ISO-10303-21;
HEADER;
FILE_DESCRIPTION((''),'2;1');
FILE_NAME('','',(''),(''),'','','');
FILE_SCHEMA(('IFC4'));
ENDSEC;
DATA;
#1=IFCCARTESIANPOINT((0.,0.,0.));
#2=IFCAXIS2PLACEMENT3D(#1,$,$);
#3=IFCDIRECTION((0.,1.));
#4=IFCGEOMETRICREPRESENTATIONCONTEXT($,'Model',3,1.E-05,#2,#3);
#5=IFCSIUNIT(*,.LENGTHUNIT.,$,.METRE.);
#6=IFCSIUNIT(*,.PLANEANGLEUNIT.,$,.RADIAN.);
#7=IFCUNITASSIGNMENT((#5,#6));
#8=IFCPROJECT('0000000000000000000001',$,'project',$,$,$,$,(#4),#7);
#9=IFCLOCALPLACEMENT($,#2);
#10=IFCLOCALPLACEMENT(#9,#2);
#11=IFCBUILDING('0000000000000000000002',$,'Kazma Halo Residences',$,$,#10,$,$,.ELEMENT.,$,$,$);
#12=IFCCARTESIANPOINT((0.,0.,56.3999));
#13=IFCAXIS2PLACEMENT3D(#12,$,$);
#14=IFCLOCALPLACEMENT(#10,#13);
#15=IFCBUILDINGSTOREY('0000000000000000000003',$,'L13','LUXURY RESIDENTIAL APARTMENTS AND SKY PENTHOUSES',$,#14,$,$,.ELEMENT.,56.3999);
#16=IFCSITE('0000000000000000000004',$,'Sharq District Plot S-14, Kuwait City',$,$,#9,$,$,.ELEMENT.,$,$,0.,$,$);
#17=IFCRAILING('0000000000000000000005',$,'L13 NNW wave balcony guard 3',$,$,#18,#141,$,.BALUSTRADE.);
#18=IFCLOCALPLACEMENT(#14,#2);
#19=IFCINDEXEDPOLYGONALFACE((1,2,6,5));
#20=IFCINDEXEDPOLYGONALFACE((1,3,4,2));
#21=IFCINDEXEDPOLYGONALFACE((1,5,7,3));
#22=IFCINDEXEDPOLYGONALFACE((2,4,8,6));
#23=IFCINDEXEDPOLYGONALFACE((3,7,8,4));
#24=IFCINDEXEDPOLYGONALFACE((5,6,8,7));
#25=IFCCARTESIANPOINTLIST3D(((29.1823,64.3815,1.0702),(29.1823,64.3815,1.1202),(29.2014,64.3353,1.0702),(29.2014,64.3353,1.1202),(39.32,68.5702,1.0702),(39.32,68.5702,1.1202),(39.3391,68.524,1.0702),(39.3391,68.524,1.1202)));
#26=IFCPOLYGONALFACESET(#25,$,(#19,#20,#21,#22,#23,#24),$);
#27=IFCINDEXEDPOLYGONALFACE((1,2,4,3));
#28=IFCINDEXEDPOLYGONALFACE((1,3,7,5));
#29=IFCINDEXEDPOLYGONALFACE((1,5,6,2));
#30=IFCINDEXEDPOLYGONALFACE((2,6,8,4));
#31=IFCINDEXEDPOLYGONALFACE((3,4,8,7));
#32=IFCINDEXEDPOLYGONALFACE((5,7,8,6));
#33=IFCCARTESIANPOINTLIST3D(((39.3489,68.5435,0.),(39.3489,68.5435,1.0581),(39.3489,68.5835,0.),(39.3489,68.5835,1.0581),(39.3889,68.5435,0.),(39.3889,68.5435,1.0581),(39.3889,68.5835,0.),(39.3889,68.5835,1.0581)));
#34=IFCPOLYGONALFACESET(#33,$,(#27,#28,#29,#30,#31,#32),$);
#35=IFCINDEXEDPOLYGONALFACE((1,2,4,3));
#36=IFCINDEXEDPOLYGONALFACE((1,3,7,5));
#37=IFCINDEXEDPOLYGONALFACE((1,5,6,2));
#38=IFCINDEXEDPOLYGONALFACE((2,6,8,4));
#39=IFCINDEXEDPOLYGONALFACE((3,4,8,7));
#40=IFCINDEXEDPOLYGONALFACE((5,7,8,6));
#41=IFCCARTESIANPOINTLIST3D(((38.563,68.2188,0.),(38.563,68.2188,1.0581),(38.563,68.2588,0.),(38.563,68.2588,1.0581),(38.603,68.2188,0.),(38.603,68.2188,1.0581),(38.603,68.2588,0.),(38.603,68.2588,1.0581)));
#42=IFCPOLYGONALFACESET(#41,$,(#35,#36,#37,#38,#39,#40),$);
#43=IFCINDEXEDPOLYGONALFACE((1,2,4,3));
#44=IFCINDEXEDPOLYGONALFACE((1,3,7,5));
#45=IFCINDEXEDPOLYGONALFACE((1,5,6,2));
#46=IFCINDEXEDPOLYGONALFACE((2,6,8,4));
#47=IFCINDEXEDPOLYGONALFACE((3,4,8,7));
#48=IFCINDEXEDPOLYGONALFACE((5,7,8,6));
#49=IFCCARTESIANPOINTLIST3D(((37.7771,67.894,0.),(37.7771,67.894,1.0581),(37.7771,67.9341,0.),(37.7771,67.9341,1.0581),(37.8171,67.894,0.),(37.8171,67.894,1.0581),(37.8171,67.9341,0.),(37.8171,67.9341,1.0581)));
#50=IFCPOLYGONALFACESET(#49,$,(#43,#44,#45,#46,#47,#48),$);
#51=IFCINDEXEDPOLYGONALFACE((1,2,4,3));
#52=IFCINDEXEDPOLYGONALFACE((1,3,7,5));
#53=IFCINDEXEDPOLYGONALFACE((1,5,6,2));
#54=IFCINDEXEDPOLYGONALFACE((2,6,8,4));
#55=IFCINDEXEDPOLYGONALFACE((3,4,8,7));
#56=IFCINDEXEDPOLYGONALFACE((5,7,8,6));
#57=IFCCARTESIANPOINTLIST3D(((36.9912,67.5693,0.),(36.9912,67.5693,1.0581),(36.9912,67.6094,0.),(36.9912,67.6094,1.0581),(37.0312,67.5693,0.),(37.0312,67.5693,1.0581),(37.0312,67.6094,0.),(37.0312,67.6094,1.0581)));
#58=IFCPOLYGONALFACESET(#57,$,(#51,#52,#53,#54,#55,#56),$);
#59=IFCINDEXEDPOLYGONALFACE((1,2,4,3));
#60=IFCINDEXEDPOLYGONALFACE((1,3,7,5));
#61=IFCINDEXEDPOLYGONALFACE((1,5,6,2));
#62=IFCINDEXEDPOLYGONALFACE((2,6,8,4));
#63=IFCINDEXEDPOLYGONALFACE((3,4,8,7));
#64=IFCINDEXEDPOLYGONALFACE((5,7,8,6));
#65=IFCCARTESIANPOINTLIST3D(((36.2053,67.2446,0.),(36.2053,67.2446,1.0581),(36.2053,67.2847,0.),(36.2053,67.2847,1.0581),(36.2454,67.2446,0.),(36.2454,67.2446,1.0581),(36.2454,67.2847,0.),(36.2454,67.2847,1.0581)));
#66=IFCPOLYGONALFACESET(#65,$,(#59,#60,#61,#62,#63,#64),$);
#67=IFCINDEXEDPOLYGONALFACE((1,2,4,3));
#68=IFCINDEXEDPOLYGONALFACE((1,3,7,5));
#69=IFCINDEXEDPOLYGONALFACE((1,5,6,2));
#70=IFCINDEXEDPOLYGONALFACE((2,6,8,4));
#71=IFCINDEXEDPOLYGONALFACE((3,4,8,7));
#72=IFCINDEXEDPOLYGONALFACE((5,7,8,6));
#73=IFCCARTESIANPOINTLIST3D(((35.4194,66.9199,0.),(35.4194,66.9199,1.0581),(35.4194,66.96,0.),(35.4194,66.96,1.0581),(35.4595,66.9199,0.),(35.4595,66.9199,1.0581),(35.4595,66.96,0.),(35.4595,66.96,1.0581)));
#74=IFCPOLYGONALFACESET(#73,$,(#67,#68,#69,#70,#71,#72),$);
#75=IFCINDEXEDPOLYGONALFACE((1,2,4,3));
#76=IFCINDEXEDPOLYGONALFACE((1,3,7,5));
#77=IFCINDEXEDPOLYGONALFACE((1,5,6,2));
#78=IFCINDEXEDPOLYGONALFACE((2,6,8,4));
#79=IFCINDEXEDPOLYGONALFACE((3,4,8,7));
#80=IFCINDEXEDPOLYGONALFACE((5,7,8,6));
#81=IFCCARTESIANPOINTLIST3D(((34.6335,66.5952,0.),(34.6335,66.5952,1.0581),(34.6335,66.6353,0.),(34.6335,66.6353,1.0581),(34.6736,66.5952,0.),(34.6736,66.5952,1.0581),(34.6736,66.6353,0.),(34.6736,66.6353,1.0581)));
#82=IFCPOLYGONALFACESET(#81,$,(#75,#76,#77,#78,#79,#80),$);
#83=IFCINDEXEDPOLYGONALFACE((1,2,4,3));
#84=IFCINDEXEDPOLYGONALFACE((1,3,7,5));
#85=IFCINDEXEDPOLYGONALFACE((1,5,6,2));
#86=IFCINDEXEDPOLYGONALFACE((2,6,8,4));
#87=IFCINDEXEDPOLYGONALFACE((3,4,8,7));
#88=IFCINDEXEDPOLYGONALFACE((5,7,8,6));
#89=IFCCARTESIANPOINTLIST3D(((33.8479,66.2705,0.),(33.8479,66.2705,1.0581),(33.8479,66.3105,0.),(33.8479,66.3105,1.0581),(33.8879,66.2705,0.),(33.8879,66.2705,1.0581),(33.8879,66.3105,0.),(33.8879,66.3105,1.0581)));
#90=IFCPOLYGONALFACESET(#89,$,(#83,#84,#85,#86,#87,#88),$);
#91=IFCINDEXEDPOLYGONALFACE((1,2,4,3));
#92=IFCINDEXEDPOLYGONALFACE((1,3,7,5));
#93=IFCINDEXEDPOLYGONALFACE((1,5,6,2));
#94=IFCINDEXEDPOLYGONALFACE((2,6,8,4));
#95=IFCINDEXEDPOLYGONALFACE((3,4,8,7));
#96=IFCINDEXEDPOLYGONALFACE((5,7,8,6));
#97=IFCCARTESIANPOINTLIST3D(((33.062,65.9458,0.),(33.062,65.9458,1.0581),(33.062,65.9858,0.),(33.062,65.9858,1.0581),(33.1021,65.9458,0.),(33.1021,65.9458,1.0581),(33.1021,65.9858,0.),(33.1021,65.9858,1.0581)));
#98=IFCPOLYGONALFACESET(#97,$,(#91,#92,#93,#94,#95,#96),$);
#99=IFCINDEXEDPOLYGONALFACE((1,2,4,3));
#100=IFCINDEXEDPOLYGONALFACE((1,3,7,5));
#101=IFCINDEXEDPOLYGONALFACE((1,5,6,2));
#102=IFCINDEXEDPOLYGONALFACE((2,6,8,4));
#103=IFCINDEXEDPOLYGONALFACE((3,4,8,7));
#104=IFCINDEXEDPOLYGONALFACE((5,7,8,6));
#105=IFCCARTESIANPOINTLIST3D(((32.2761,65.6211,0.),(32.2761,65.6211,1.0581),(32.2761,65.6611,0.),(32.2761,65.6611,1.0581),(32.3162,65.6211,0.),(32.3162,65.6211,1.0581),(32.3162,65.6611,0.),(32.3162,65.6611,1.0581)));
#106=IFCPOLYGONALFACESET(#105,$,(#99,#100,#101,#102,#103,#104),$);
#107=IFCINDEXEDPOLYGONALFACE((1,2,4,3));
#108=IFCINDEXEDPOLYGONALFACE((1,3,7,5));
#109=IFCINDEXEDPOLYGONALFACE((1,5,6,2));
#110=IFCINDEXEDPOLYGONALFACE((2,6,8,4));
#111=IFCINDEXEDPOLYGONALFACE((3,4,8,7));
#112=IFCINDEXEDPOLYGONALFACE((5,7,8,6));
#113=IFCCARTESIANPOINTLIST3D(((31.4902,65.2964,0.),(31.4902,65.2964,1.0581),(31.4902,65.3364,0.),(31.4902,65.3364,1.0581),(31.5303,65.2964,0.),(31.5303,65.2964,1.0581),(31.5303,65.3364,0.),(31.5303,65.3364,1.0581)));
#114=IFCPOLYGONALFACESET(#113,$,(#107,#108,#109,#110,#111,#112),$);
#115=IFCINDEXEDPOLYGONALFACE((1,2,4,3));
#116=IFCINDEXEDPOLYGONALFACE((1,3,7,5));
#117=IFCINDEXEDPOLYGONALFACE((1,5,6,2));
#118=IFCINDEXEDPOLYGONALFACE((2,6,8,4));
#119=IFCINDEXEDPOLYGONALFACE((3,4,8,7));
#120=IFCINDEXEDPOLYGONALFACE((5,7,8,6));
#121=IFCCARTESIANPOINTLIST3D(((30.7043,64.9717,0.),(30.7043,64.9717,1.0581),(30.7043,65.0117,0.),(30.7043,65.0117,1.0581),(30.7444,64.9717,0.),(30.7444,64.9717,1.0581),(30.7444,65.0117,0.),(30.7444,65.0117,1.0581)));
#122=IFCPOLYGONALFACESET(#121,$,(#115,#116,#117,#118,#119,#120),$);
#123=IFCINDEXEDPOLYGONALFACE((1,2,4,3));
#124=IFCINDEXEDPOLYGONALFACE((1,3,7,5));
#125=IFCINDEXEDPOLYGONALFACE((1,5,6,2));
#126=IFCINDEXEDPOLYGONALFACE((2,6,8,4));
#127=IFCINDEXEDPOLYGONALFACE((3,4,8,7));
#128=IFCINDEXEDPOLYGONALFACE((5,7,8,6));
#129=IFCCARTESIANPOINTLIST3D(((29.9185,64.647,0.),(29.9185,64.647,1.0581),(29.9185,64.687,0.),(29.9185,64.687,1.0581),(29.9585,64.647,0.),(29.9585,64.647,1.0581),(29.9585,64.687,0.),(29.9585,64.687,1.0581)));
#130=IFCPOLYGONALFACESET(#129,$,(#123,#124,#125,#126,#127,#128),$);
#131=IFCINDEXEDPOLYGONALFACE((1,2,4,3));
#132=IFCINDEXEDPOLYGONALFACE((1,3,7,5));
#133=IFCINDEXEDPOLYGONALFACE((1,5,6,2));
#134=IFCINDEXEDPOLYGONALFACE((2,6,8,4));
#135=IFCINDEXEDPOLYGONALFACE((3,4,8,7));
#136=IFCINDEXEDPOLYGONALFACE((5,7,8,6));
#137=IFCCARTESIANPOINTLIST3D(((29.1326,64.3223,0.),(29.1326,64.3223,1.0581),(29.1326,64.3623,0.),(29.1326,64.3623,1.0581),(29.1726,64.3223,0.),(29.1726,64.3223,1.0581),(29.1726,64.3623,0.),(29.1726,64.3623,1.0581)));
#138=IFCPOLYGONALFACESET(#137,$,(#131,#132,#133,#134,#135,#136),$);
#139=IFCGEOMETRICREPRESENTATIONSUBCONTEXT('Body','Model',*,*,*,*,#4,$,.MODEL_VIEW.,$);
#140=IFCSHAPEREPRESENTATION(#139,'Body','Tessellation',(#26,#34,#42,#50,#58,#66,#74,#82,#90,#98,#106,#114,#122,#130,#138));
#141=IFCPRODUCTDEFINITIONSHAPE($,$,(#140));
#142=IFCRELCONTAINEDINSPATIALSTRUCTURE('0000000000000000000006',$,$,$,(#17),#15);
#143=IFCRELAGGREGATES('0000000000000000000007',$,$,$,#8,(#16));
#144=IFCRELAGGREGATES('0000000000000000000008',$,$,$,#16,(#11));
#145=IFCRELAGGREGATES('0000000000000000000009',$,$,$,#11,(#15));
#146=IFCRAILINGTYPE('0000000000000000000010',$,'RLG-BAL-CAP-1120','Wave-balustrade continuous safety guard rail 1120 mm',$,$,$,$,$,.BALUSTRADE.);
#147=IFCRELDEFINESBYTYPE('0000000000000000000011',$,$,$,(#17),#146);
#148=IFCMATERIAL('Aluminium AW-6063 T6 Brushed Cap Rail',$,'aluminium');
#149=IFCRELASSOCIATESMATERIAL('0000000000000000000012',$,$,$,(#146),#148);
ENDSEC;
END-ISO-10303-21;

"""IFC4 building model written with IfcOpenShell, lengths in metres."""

from ifc_helpers import new_model, si_unit, direction, frame, origin, origin_2d, place, context, subcontext, project, spatial, rectangle, extrude, material, type_object, element, save


model = new_model("IFC4")

# Units and contexts
model_context = context("Model", 3, precision=1e-05, world=origin(), true_north=direction((0.0, 1.0)))
body_context = subcontext(model_context, "Body", "Model", "MODEL_VIEW")
ifc_project = project(units=[si_unit("LENGTHUNIT", "METRE"), si_unit("PLANEANGLEUNIT", "RADIAN")], contexts=[model_context])

# Site, building, storey
site_placement = place(None, origin())
site = spatial("IfcSite", under=ifc_project, at=site_placement, Name="Sharq District Plot S-14, Kuwait City", CompositionType="ELEMENT", RefElevation=0.0)
building_placement = place(site_placement, origin())
building = spatial("IfcBuilding", under=site, at=building_placement, Name="Kazma Halo Residences", CompositionType="ELEMENT")
storey_placement = place(building_placement, frame((0.0, 0.0, 56.3999)))
storey = spatial("IfcBuildingStorey", under=building, at=storey_placement, Name="L13", Description="LUXURY RESIDENTIAL APARTMENTS AND SKY PENTHOUSES", CompositionType="ELEMENT", Elevation=56.3999)

# Railing
ifc_material_1 = material(Name="Aluminium AW-6063 T6 Brushed Cap Rail", Category="aluminium")
railing_type = type_object("IfcRailingType", Name="RLG-BAL-CAP-1120", Description="Wave-balustrade continuous safety guard rail 1120 mm", PredefinedType="BALUSTRADE", material=ifc_material_1)
railing_placement = place(storey_placement, frame((39.3689, 68.5635, 0.0)))
element("IfcRailing", 1, at=railing_placement, inside=storey, type_object=railing_type, Name="L13 NNW wave balcony guard 3", PredefinedType="BALUSTRADE", context=body_context, shape_type="SweptSolid", body=[
    extrude(rectangle(XDim=0.05, YDim=0.05, at=origin_2d()), frame((-0.0393, -0.0164, 1.0952), z_axis=(-0.924216, -0.381869, 0.0), x_axis=(0.381869, -0.924216, 0.0)), (0.0, 0.0, 1.0), 10.969),
    extrude(rectangle(XDim=0.04, YDim=0.04, at=origin_2d()), origin(), (0.0, 0.0, 1.0), 1.0581),
    extrude(rectangle(XDim=0.04, YDim=0.04, at=origin_2d()), frame((-0.7859, -0.3247, 0.0)), (0.0, 0.0, 1.0), 1.0581),
    extrude(rectangle(XDim=0.04, YDim=0.04, at=origin_2d()), frame((-1.5718, -0.6494, 0.0)), (0.0, 0.0, 1.0), 1.0581),
    extrude(rectangle(XDim=0.04, YDim=0.04, at=origin_2d()), frame((-2.3577, -0.9741, 0.0)), (0.0, 0.0, 1.0), 1.0581),
    extrude(rectangle(XDim=0.04, YDim=0.04, at=origin_2d()), frame((-3.1436, -1.2988, 0.0)), (0.0, 0.0, 1.0), 1.0581),
    extrude(rectangle(XDim=0.04, YDim=0.04, at=origin_2d()), frame((-3.9294, -1.6235, 0.0)), (0.0, 0.0, 1.0), 1.0581),
    extrude(rectangle(XDim=0.04, YDim=0.04, at=origin_2d()), frame((-4.7153, -1.9482, 0.0)), (0.0, 0.0, 1.0), 1.0581),
    extrude(rectangle(XDim=0.04, YDim=0.04, at=origin_2d()), frame((-5.501, -2.2729, 0.0)), (0.0, 0.0, 1.0), 1.0581),
    extrude(rectangle(XDim=0.04, YDim=0.04, at=origin_2d()), frame((-6.2869, -2.5977, 0.0)), (0.0, 0.0, 1.0), 1.0581),
    extrude(rectangle(XDim=0.04, YDim=0.04, at=origin_2d()), frame((-7.0728, -2.9224, 0.0)), (0.0, 0.0, 1.0), 1.0581),
    extrude(rectangle(XDim=0.04, YDim=0.04, at=origin_2d()), frame((-7.8586, -3.2471, 0.0)), (0.0, 0.0, 1.0), 1.0581),
    extrude(rectangle(XDim=0.04, YDim=0.04, at=origin_2d()), frame((-8.6445, -3.5718, 0.0)), (0.0, 0.0, 1.0), 1.0581),
    extrude(rectangle(XDim=0.04, YDim=0.04, at=origin_2d()), frame((-9.4304, -3.8965, 0.0)), (0.0, 0.0, 1.0), 1.0581),
    extrude(rectangle(XDim=0.04, YDim=0.04, at=origin_2d()), frame((-10.2163, -4.2212, 0.0)), (0.0, 0.0, 1.0), 1.0581),
])

save(model, "model.ifc")
